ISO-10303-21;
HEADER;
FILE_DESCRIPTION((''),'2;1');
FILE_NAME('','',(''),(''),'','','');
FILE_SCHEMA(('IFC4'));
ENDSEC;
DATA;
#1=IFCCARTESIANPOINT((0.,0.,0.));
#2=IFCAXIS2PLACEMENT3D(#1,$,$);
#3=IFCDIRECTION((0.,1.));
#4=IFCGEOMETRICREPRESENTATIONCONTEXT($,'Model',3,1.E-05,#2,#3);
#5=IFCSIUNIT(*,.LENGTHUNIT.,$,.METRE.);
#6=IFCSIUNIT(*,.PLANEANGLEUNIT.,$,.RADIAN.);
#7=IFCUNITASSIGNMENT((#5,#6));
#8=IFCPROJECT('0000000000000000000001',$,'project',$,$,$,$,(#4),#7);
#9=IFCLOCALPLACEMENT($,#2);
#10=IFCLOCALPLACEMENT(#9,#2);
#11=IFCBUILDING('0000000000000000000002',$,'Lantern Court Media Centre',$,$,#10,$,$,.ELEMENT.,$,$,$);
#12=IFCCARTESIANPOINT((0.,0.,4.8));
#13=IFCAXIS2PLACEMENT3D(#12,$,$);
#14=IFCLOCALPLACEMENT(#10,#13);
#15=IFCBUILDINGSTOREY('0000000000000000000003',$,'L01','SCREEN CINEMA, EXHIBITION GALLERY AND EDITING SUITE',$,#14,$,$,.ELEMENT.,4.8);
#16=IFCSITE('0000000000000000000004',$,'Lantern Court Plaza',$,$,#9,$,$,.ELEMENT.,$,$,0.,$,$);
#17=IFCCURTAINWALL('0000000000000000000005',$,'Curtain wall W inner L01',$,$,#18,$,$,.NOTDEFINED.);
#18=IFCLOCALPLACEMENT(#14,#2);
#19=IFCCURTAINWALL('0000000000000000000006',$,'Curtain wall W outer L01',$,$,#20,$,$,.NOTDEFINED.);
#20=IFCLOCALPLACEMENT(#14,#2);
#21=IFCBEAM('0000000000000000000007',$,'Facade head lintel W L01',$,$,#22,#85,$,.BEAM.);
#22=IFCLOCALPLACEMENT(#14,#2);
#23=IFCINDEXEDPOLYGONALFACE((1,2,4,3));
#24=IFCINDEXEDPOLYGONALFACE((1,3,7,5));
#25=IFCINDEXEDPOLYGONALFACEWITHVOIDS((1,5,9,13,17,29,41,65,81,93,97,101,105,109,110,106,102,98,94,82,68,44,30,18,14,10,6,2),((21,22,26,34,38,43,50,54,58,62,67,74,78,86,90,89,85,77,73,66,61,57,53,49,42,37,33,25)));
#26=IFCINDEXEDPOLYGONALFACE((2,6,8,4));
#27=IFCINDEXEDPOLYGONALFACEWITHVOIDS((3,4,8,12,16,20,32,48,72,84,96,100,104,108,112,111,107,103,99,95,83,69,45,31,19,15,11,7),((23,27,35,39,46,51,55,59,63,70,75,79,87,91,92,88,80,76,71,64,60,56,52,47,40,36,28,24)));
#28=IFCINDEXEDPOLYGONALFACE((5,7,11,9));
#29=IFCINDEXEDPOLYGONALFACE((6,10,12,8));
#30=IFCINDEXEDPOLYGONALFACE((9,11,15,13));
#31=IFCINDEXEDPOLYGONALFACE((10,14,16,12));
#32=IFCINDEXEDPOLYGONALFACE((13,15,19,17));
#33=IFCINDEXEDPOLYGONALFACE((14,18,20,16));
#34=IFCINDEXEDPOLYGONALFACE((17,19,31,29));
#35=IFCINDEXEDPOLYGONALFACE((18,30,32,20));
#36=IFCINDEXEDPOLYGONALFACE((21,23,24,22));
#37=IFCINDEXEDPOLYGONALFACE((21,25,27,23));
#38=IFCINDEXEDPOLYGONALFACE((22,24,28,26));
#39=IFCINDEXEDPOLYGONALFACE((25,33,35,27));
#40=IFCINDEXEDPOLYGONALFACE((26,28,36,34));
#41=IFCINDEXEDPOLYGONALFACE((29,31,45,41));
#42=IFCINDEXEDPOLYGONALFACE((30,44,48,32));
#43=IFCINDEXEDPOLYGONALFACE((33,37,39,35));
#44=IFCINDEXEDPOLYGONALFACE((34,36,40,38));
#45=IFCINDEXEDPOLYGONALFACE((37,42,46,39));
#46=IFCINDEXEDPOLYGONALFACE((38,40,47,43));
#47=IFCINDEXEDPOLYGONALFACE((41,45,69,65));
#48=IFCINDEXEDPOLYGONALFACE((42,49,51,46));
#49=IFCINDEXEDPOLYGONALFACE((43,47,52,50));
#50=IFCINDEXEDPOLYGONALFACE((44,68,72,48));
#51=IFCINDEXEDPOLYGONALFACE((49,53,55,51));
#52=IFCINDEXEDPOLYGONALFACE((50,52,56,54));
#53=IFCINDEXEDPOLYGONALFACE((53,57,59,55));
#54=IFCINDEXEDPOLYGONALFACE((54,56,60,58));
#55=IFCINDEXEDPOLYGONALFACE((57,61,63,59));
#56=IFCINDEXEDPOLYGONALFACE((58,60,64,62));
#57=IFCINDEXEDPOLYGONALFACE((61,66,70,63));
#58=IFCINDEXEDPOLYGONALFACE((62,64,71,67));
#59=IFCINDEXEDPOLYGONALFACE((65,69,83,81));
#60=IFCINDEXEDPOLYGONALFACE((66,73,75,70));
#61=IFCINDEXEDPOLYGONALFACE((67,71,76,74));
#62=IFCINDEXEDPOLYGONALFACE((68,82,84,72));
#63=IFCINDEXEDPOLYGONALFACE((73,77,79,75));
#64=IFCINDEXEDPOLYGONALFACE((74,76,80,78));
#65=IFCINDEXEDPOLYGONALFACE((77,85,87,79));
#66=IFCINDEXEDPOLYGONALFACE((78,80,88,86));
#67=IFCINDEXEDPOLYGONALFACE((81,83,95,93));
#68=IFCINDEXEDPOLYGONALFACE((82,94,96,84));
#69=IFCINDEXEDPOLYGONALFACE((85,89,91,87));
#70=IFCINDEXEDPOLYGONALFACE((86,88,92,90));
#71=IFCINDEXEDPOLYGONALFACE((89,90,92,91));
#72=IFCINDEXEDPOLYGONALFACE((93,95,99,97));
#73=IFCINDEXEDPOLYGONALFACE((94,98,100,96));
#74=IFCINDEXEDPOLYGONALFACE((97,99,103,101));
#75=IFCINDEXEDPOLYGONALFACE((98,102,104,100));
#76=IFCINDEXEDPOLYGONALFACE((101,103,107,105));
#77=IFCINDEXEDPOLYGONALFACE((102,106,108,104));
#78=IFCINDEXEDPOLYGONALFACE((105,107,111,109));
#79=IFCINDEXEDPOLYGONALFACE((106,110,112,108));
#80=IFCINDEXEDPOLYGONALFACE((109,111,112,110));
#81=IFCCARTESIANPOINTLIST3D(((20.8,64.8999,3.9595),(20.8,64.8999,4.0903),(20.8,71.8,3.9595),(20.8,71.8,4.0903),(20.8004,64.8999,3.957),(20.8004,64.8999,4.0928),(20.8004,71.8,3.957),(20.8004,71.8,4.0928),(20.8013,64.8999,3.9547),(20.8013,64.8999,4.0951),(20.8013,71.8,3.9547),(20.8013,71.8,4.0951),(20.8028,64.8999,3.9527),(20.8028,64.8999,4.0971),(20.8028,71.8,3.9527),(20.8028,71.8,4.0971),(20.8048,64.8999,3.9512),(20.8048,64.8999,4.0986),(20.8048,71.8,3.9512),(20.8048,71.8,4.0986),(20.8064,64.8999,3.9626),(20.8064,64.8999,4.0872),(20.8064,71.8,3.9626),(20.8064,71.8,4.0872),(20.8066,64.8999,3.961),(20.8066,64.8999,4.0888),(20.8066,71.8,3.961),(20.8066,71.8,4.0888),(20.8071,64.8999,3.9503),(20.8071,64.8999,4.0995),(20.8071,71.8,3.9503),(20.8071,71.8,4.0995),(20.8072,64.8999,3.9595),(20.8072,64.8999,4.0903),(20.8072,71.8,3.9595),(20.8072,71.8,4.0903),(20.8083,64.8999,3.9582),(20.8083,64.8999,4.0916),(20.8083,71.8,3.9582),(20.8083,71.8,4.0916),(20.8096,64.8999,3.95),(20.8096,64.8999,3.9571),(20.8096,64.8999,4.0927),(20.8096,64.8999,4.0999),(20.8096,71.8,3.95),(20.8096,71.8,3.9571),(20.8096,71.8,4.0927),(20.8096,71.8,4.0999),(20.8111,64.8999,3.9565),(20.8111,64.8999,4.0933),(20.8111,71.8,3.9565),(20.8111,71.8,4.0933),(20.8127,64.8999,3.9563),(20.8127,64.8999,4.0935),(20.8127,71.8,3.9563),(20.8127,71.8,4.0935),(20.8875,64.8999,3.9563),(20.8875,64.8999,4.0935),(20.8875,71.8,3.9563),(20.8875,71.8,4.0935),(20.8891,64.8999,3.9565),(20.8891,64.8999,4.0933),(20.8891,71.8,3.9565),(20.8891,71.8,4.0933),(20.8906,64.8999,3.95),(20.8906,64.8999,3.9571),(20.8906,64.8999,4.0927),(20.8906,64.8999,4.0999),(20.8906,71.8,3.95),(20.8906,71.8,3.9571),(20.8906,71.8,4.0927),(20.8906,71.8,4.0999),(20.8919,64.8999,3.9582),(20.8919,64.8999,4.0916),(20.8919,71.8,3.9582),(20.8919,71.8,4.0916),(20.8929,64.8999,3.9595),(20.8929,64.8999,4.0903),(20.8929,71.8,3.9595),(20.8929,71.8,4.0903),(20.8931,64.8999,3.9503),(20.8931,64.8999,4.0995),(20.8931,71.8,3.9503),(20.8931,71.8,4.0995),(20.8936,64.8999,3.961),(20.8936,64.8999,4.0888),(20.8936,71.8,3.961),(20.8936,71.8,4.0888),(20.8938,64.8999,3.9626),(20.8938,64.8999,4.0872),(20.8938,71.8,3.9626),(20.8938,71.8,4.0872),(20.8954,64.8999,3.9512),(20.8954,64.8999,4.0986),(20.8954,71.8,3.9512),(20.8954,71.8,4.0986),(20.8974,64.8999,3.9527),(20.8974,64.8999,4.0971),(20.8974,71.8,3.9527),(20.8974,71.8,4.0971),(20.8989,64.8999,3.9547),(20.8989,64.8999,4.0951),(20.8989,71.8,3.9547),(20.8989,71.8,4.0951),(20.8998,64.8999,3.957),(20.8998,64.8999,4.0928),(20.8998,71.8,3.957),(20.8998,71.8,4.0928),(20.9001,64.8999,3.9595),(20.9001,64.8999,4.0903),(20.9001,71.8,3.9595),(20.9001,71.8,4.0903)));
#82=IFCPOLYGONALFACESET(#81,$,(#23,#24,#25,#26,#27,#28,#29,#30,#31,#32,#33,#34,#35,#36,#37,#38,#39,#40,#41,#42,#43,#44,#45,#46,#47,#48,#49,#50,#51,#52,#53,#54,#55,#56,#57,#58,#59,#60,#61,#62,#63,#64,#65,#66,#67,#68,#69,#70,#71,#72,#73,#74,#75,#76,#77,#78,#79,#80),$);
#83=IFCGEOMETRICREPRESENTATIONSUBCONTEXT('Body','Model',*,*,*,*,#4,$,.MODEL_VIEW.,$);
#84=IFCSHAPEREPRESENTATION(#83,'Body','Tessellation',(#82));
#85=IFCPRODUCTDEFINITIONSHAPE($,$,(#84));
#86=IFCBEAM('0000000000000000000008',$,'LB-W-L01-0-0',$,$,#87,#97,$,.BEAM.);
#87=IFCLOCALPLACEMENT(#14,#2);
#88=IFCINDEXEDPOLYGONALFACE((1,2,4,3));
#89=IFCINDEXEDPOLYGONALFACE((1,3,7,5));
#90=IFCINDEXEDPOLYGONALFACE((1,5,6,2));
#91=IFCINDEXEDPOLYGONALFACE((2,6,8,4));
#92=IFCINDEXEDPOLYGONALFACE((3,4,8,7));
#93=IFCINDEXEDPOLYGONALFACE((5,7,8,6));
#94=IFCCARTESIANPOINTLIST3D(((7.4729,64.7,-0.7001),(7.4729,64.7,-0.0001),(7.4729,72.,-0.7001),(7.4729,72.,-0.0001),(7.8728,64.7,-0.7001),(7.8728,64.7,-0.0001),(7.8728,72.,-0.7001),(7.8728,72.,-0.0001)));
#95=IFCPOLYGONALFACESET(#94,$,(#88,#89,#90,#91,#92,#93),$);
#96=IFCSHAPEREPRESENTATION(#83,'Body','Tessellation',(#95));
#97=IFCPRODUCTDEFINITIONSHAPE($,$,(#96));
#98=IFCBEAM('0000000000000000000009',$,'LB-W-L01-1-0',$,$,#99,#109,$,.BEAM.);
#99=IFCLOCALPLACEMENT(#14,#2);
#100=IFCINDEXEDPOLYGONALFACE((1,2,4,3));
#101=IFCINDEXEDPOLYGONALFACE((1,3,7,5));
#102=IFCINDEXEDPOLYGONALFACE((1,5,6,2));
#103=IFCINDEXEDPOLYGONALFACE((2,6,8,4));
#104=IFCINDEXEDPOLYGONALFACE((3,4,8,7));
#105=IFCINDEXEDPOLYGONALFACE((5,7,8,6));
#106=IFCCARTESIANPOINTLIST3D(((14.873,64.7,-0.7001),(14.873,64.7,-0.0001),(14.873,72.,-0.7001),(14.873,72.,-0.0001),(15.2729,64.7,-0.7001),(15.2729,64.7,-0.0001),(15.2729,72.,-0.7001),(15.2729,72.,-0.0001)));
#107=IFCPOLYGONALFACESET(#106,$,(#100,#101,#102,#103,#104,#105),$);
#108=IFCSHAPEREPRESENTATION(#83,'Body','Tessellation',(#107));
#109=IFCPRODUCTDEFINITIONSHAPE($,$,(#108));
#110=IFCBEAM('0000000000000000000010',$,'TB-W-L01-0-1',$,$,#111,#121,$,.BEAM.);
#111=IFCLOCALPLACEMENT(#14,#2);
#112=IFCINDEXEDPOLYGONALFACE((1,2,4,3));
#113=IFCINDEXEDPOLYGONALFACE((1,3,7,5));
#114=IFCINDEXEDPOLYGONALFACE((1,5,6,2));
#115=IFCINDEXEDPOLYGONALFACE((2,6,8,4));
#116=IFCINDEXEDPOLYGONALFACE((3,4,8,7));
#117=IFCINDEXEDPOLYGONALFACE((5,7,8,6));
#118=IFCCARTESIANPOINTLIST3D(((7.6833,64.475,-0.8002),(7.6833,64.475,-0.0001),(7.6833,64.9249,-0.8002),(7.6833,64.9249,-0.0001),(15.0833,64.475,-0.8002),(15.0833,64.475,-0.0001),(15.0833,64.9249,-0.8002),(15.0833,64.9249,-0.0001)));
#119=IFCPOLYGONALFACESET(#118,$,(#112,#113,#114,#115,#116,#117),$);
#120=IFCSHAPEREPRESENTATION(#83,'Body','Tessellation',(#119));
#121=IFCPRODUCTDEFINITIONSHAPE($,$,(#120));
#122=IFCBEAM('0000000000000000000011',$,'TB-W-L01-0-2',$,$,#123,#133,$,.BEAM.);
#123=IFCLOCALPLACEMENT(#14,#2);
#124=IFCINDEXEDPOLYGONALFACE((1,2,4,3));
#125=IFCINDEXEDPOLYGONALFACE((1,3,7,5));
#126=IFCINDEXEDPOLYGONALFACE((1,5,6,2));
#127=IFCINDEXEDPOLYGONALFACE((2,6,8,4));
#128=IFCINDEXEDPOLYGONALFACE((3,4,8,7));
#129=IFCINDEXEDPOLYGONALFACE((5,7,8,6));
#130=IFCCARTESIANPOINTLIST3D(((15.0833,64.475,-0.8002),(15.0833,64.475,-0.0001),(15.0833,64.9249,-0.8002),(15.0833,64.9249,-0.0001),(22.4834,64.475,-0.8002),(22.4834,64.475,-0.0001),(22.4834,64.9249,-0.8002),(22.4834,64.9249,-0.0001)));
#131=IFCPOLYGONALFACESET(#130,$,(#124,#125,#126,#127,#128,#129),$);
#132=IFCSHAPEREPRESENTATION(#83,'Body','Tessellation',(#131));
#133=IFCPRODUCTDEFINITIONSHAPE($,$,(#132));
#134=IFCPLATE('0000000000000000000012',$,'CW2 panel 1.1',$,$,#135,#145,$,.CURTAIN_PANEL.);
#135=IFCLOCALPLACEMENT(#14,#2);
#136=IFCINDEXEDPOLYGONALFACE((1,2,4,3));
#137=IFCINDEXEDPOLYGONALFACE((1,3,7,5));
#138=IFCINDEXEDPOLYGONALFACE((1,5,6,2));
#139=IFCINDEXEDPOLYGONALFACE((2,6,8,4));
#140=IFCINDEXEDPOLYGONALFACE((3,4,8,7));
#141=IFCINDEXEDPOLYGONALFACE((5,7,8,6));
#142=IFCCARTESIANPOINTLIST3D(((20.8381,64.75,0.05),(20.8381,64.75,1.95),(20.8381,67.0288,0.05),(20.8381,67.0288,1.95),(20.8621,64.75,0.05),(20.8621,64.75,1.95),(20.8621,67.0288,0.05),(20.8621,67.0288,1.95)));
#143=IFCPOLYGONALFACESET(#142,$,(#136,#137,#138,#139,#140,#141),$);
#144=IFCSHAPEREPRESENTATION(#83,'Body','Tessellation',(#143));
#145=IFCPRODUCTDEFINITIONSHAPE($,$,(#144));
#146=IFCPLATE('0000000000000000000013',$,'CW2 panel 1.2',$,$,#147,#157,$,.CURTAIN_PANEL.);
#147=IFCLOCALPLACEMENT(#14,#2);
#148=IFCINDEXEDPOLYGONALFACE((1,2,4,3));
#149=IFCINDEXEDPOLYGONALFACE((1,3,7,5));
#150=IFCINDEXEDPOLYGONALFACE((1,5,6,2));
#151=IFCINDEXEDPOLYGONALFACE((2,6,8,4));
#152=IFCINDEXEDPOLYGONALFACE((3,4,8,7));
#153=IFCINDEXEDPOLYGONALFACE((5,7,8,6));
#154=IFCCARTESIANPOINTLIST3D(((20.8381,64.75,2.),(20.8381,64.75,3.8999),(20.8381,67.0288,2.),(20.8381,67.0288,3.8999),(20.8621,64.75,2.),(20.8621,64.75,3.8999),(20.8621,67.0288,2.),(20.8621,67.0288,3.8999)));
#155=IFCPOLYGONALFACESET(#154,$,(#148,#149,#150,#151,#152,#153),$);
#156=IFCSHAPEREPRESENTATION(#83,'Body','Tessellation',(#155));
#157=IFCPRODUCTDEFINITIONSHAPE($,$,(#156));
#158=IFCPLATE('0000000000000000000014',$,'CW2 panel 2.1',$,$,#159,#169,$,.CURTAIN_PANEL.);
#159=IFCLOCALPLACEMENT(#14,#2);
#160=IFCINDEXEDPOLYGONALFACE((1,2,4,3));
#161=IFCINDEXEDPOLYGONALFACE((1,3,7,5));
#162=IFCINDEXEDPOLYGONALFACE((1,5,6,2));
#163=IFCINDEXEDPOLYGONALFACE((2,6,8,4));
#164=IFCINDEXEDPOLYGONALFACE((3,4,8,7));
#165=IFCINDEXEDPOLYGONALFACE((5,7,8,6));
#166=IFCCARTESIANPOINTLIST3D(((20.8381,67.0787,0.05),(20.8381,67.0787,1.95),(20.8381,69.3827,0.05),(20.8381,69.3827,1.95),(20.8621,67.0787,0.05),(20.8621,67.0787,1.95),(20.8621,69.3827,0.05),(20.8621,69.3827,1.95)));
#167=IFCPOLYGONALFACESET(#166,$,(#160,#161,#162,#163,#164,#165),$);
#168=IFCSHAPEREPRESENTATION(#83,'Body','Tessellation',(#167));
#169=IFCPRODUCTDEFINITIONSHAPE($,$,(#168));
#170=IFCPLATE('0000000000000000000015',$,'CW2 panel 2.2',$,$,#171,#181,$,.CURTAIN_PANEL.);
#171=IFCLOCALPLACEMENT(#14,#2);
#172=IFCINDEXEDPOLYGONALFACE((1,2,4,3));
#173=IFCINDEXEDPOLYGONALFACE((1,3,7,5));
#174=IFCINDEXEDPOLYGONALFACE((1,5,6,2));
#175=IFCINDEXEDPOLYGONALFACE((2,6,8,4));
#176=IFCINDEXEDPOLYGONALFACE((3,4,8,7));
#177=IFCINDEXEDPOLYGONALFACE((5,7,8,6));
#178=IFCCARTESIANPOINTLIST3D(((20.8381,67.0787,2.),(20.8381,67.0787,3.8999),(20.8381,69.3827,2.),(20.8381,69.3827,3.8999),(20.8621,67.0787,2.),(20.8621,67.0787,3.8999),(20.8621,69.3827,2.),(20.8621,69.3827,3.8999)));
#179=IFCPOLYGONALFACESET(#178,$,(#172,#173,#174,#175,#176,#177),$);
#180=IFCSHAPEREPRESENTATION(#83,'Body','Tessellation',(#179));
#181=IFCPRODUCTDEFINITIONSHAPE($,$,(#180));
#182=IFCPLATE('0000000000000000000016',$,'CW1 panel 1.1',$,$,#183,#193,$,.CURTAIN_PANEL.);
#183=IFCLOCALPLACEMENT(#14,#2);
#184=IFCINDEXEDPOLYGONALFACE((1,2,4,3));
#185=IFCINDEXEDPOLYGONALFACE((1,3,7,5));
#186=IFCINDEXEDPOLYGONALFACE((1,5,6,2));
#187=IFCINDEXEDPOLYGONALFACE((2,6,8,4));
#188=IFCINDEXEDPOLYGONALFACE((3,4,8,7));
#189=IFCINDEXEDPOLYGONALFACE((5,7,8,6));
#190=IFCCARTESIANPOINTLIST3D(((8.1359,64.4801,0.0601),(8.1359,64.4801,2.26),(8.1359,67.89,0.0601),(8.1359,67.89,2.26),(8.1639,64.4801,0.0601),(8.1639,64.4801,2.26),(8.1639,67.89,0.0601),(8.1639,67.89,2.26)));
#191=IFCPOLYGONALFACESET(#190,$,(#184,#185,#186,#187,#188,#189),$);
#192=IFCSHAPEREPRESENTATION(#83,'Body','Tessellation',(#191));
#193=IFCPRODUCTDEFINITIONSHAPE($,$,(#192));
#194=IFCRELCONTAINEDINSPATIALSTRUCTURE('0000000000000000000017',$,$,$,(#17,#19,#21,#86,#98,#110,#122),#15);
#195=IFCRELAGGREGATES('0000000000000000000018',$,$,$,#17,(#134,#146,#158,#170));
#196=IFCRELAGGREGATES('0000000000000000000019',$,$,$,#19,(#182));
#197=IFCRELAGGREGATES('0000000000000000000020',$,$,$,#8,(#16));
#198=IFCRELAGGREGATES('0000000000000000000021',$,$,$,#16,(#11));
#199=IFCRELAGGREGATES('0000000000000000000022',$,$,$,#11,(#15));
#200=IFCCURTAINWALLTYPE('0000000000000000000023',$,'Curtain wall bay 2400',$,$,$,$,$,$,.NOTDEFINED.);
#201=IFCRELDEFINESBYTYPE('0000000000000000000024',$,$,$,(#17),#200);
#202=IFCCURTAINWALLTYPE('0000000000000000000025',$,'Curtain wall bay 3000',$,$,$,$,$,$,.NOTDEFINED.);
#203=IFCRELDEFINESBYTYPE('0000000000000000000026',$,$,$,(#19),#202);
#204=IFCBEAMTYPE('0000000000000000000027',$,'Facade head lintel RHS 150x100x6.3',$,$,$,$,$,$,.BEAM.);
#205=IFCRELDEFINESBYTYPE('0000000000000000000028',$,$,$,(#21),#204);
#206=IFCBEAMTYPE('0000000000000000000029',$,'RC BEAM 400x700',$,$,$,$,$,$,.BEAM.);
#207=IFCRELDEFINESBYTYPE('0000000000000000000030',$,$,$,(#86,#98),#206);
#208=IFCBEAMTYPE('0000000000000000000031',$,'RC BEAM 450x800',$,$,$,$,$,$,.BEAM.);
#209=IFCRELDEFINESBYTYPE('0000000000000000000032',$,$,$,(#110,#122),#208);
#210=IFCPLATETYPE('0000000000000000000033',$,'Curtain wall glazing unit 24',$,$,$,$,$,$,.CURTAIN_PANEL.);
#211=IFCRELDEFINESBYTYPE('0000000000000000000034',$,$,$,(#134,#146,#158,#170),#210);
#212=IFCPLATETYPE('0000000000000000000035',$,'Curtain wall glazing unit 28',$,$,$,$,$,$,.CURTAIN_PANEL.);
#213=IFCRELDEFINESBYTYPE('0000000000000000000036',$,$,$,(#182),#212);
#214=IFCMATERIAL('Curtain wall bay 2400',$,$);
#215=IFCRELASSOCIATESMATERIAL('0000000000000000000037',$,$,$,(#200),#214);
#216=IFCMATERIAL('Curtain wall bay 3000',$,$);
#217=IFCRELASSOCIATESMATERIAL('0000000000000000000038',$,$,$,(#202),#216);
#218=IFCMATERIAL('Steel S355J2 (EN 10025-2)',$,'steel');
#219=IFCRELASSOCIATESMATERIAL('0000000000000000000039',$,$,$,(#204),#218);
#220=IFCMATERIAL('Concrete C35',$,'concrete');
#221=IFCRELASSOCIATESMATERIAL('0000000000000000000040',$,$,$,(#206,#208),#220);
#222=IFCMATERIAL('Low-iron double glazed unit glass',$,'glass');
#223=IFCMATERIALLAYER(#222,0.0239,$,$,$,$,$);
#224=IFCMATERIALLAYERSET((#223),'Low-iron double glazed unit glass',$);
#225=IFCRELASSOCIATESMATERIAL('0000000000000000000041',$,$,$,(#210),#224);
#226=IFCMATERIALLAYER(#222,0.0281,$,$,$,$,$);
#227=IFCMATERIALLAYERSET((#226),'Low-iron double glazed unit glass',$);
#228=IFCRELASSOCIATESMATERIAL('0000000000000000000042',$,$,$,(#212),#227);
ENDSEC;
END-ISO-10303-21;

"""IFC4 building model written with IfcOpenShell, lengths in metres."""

from ifc_helpers import new_model, si_unit, direction, frame, origin, origin_2d, place, context, subcontext, project, spatial, rectangle, hollow_rectangle, extrude, material, layer, layer_set, material_profile, profile_set, type_object, element, aggregate, save


model = new_model("IFC4")

# Units and contexts
model_context = context("Model", 3, precision=1e-05, world=origin(), true_north=direction((0.0, 1.0)))
body_context = subcontext(model_context, "Body", "Model", "MODEL_VIEW")
ifc_project = project(units=[si_unit("LENGTHUNIT", "METRE"), si_unit("PLANEANGLEUNIT", "RADIAN")], contexts=[model_context])

# Site, building, storey
site_placement = place(None, origin())
site = spatial("IfcSite", under=ifc_project, at=site_placement, Name="Lantern Court Plaza", CompositionType="ELEMENT", RefElevation=0.0)
building_placement = place(site_placement, origin())
building = spatial("IfcBuilding", under=site, at=building_placement, Name="Lantern Court Media Centre", CompositionType="ELEMENT")
storey_placement = place(building_placement, frame((0.0, 0.0, 4.8)))
storey = spatial("IfcBuildingStorey", under=building, at=storey_placement, Name="L01", Description="SCREEN CINEMA, EXHIBITION GALLERY AND EDITING SUITE", CompositionType="ELEMENT", Elevation=4.8)

# Shared definitions
ifc_material_1 = material(Name="Concrete C35", Category="concrete")

# Curtain walls
ifc_material_2 = material(Name="Curtain wall bay 2400")
curtain_wall_type_1 = type_object("IfcCurtainWallType", Name="Curtain wall bay 2400", PredefinedType="NOTDEFINED", material=ifc_material_2)
curtain_wall_1_placement = place(storey_placement, origin())
curtain_wall_1 = element("IfcCurtainWall", 1, at=curtain_wall_1_placement, inside=storey, type_object=curtain_wall_type_1, Name="Curtain wall W inner L01", PredefinedType="NOTDEFINED")
ifc_material_3 = material(Name="Curtain wall bay 3000")
curtain_wall_type_2 = type_object("IfcCurtainWallType", Name="Curtain wall bay 3000", PredefinedType="NOTDEFINED", material=ifc_material_3)
curtain_wall_2_placement = place(storey_placement, origin())
curtain_wall_2 = element("IfcCurtainWall", 2, at=curtain_wall_2_placement, inside=storey, type_object=curtain_wall_type_2, Name="Curtain wall W outer L01", PredefinedType="NOTDEFINED")

# Beams
ifc_material_4 = material(Name="Steel S355J2 (EN 10025-2)", Category="steel")
ifc_material_profile_1 = material_profile(ifc_material_4, hollow_rectangle(XDim=0.1001, YDim=0.1499, WallThickness=0.0063, InnerFilletRadius=0.0063, OuterFilletRadius=0.0095, at=origin_2d()), Name="Facade head lintel RHS 150x100x6.3")
ifc_profile_set_1 = profile_set([ifc_material_profile_1], Name="Steel S355J2 (EN 10025-2)")
beam_type_1 = type_object("IfcBeamType", Name="Facade head lintel RHS 150x100x6.3", PredefinedType="BEAM", material=ifc_profile_set_1)
beam_1_placement = place(storey_placement, frame((20.8501, 64.8999, 4.0249), z_axis=(0.0, 1.0, 0.0), x_axis=(-1.0, 0.0, 0.0)))
element("IfcBeam", 3, at=beam_1_placement, inside=storey, type_object=beam_type_1, Name="Facade head lintel W L01", PredefinedType="BEAM", context=body_context, shape_type="SweptSolid", body=[
    extrude(hollow_rectangle(XDim=0.1001, YDim=0.1499, WallThickness=0.0063, InnerFilletRadius=0.0063, OuterFilletRadius=0.0095, at=origin_2d()), origin(), (0.0, 0.0, 1.0), 6.9001),
])
ifc_material_profile_2 = material_profile(ifc_material_1, rectangle(XDim=0.3999, YDim=0.7, at=origin_2d()), Name="RC 400x700")
ifc_profile_set_2 = profile_set([ifc_material_profile_2], Name="Concrete C35")
beam_type_2 = type_object("IfcBeamType", Name="RC BEAM 400x700", PredefinedType="BEAM", material=ifc_profile_set_2)
for number, where, z_axis, x_axis, name in (
    (4, (7.6729, 64.7, -0.3501), (0.0, 1.0, 0.0), (-1.0, 0.0, 0.0), "LB-W-L01-0-0"),
    (5, (15.073, 64.7, -0.3501), (0.0, 1.0, 0.0), (-1.0, 0.0, 0.0), "LB-W-L01-1-0"),
):
    element("IfcBeam", number, at=place(storey_placement, frame(where, z_axis=z_axis, x_axis=x_axis)), inside=storey, type_object=beam_type_2, Name=name, PredefinedType="BEAM", context=body_context, shape_type="SweptSolid", body=[
        extrude(rectangle(XDim=0.3999, YDim=0.7, at=origin_2d()), origin(), (0.0, 0.0, 1.0), 7.3),
    ])
ifc_material_profile_3 = material_profile(ifc_material_1, rectangle(XDim=0.45, YDim=0.8, at=origin_2d()), Name="RC 450x800")
ifc_profile_set_3 = profile_set([ifc_material_profile_3], Name="Concrete C35")
beam_type_3 = type_object("IfcBeamType", Name="RC BEAM 450x800", PredefinedType="BEAM", material=ifc_profile_set_3)
beam_2_placement = place(storey_placement, frame((7.6833, 64.7, -0.4001), z_axis=(1.0, 0.0, 0.0), x_axis=(0.0, 1.0, 0.0)))
element("IfcBeam", 6, at=beam_2_placement, inside=storey, type_object=beam_type_3, Name="TB-W-L01-0-1", PredefinedType="BEAM", context=body_context, shape_type="SweptSolid", body=[
    extrude(rectangle(XDim=0.45, YDim=0.8, at=origin_2d()), origin(), (0.0, 0.0, 1.0), 7.3999),
])
beam_3_placement = place(storey_placement, frame((15.0833, 64.7, -0.4001), z_axis=(1.0, 0.0, 0.0), x_axis=(0.0, 1.0, 0.0)))
element("IfcBeam", 7, at=beam_3_placement, inside=storey, type_object=beam_type_3, Name="TB-W-L01-0-2", PredefinedType="BEAM", context=body_context, shape_type="SweptSolid", body=[
    extrude(rectangle(XDim=0.45, YDim=0.8, at=origin_2d()), origin(), (0.0, 0.0, 1.0), 7.4001),
])

# Plates
ifc_material_5 = material(Name="Low-iron double glazed unit glass", Category="glass")
ifc_layer_1 = layer(ifc_material_5, 0.0239)
ifc_layer_set_1 = layer_set([ifc_layer_1], Name="Low-iron double glazed unit glass")
plate_type_1 = type_object("IfcPlateType", Name="Curtain wall glazing unit 24", PredefinedType="CURTAIN_PANEL", material=ifc_layer_set_1)
plate_1_placement = place(storey_placement, frame((20.8501, 65.8894, 0.05), z_axis=(0.0, 0.0, 1.0), x_axis=(0.0, 1.0, 0.0)))
plate_1 = element("IfcPlate", 8, at=plate_1_placement, type_object=plate_type_1, Name="CW2 panel 1.1", PredefinedType="CURTAIN_PANEL", context=body_context, shape_type="SweptSolid", body=[
    extrude(rectangle(XDim=2.2788, YDim=0.0239, at=origin_2d()), origin(), (0.0, 0.0, 1.0), 1.8999),
])
plate_2_placement = place(storey_placement, frame((20.8501, 65.8894, 2.0), z_axis=(0.0, 0.0, 1.0), x_axis=(0.0, 1.0, 0.0)))
plate_2 = element("IfcPlate", 9, at=plate_2_placement, type_object=plate_type_1, Name="CW2 panel 1.2", PredefinedType="CURTAIN_PANEL", context=body_context, shape_type="SweptSolid", body=[
    extrude(rectangle(XDim=2.2788, YDim=0.0239, at=origin_2d()), origin(), (0.0, 0.0, 1.0), 1.8999),
])
plate_3_placement = place(storey_placement, frame((20.8501, 68.2307, 0.05), z_axis=(0.0, 0.0, 1.0), x_axis=(0.0, 1.0, 0.0)))
plate_3 = element("IfcPlate", 10, at=plate_3_placement, type_object=plate_type_1, Name="CW2 panel 2.1", PredefinedType="CURTAIN_PANEL", context=body_context, shape_type="SweptSolid", body=[
    extrude(rectangle(XDim=2.304, YDim=0.0239, at=origin_2d()), origin(), (0.0, 0.0, 1.0), 1.8999),
])
plate_4_placement = place(storey_placement, frame((20.8501, 68.2307, 2.0), z_axis=(0.0, 0.0, 1.0), x_axis=(0.0, 1.0, 0.0)))
plate_4 = element("IfcPlate", 11, at=plate_4_placement, type_object=plate_type_1, Name="CW2 panel 2.2", PredefinedType="CURTAIN_PANEL", context=body_context, shape_type="SweptSolid", body=[
    extrude(rectangle(XDim=2.304, YDim=0.0239, at=origin_2d()), origin(), (0.0, 0.0, 1.0), 1.8999),
])
aggregate(curtain_wall_1, [plate_1, plate_2, plate_3, plate_4])
ifc_layer_2 = layer(ifc_material_5, 0.0281)
ifc_layer_set_2 = layer_set([ifc_layer_2], Name="Low-iron double glazed unit glass")
plate_type_2 = type_object("IfcPlateType", Name="Curtain wall glazing unit 28", PredefinedType="CURTAIN_PANEL", material=ifc_layer_set_2)
plate_5_placement = place(storey_placement, frame((8.1499, 66.1851, 0.0601), z_axis=(0.0, 0.0, 1.0), x_axis=(0.0, 1.0, 0.0)))
plate_5 = element("IfcPlate", 12, at=plate_5_placement, type_object=plate_type_2, Name="CW1 panel 1.1", PredefinedType="CURTAIN_PANEL", context=body_context, shape_type="SweptSolid", body=[
    extrude(rectangle(XDim=3.4099, YDim=0.0281, at=origin_2d()), origin(), (0.0, 0.0, 1.0), 2.2),
])
aggregate(curtain_wall_2, [plate_5])

save(model, "model.ifc")
